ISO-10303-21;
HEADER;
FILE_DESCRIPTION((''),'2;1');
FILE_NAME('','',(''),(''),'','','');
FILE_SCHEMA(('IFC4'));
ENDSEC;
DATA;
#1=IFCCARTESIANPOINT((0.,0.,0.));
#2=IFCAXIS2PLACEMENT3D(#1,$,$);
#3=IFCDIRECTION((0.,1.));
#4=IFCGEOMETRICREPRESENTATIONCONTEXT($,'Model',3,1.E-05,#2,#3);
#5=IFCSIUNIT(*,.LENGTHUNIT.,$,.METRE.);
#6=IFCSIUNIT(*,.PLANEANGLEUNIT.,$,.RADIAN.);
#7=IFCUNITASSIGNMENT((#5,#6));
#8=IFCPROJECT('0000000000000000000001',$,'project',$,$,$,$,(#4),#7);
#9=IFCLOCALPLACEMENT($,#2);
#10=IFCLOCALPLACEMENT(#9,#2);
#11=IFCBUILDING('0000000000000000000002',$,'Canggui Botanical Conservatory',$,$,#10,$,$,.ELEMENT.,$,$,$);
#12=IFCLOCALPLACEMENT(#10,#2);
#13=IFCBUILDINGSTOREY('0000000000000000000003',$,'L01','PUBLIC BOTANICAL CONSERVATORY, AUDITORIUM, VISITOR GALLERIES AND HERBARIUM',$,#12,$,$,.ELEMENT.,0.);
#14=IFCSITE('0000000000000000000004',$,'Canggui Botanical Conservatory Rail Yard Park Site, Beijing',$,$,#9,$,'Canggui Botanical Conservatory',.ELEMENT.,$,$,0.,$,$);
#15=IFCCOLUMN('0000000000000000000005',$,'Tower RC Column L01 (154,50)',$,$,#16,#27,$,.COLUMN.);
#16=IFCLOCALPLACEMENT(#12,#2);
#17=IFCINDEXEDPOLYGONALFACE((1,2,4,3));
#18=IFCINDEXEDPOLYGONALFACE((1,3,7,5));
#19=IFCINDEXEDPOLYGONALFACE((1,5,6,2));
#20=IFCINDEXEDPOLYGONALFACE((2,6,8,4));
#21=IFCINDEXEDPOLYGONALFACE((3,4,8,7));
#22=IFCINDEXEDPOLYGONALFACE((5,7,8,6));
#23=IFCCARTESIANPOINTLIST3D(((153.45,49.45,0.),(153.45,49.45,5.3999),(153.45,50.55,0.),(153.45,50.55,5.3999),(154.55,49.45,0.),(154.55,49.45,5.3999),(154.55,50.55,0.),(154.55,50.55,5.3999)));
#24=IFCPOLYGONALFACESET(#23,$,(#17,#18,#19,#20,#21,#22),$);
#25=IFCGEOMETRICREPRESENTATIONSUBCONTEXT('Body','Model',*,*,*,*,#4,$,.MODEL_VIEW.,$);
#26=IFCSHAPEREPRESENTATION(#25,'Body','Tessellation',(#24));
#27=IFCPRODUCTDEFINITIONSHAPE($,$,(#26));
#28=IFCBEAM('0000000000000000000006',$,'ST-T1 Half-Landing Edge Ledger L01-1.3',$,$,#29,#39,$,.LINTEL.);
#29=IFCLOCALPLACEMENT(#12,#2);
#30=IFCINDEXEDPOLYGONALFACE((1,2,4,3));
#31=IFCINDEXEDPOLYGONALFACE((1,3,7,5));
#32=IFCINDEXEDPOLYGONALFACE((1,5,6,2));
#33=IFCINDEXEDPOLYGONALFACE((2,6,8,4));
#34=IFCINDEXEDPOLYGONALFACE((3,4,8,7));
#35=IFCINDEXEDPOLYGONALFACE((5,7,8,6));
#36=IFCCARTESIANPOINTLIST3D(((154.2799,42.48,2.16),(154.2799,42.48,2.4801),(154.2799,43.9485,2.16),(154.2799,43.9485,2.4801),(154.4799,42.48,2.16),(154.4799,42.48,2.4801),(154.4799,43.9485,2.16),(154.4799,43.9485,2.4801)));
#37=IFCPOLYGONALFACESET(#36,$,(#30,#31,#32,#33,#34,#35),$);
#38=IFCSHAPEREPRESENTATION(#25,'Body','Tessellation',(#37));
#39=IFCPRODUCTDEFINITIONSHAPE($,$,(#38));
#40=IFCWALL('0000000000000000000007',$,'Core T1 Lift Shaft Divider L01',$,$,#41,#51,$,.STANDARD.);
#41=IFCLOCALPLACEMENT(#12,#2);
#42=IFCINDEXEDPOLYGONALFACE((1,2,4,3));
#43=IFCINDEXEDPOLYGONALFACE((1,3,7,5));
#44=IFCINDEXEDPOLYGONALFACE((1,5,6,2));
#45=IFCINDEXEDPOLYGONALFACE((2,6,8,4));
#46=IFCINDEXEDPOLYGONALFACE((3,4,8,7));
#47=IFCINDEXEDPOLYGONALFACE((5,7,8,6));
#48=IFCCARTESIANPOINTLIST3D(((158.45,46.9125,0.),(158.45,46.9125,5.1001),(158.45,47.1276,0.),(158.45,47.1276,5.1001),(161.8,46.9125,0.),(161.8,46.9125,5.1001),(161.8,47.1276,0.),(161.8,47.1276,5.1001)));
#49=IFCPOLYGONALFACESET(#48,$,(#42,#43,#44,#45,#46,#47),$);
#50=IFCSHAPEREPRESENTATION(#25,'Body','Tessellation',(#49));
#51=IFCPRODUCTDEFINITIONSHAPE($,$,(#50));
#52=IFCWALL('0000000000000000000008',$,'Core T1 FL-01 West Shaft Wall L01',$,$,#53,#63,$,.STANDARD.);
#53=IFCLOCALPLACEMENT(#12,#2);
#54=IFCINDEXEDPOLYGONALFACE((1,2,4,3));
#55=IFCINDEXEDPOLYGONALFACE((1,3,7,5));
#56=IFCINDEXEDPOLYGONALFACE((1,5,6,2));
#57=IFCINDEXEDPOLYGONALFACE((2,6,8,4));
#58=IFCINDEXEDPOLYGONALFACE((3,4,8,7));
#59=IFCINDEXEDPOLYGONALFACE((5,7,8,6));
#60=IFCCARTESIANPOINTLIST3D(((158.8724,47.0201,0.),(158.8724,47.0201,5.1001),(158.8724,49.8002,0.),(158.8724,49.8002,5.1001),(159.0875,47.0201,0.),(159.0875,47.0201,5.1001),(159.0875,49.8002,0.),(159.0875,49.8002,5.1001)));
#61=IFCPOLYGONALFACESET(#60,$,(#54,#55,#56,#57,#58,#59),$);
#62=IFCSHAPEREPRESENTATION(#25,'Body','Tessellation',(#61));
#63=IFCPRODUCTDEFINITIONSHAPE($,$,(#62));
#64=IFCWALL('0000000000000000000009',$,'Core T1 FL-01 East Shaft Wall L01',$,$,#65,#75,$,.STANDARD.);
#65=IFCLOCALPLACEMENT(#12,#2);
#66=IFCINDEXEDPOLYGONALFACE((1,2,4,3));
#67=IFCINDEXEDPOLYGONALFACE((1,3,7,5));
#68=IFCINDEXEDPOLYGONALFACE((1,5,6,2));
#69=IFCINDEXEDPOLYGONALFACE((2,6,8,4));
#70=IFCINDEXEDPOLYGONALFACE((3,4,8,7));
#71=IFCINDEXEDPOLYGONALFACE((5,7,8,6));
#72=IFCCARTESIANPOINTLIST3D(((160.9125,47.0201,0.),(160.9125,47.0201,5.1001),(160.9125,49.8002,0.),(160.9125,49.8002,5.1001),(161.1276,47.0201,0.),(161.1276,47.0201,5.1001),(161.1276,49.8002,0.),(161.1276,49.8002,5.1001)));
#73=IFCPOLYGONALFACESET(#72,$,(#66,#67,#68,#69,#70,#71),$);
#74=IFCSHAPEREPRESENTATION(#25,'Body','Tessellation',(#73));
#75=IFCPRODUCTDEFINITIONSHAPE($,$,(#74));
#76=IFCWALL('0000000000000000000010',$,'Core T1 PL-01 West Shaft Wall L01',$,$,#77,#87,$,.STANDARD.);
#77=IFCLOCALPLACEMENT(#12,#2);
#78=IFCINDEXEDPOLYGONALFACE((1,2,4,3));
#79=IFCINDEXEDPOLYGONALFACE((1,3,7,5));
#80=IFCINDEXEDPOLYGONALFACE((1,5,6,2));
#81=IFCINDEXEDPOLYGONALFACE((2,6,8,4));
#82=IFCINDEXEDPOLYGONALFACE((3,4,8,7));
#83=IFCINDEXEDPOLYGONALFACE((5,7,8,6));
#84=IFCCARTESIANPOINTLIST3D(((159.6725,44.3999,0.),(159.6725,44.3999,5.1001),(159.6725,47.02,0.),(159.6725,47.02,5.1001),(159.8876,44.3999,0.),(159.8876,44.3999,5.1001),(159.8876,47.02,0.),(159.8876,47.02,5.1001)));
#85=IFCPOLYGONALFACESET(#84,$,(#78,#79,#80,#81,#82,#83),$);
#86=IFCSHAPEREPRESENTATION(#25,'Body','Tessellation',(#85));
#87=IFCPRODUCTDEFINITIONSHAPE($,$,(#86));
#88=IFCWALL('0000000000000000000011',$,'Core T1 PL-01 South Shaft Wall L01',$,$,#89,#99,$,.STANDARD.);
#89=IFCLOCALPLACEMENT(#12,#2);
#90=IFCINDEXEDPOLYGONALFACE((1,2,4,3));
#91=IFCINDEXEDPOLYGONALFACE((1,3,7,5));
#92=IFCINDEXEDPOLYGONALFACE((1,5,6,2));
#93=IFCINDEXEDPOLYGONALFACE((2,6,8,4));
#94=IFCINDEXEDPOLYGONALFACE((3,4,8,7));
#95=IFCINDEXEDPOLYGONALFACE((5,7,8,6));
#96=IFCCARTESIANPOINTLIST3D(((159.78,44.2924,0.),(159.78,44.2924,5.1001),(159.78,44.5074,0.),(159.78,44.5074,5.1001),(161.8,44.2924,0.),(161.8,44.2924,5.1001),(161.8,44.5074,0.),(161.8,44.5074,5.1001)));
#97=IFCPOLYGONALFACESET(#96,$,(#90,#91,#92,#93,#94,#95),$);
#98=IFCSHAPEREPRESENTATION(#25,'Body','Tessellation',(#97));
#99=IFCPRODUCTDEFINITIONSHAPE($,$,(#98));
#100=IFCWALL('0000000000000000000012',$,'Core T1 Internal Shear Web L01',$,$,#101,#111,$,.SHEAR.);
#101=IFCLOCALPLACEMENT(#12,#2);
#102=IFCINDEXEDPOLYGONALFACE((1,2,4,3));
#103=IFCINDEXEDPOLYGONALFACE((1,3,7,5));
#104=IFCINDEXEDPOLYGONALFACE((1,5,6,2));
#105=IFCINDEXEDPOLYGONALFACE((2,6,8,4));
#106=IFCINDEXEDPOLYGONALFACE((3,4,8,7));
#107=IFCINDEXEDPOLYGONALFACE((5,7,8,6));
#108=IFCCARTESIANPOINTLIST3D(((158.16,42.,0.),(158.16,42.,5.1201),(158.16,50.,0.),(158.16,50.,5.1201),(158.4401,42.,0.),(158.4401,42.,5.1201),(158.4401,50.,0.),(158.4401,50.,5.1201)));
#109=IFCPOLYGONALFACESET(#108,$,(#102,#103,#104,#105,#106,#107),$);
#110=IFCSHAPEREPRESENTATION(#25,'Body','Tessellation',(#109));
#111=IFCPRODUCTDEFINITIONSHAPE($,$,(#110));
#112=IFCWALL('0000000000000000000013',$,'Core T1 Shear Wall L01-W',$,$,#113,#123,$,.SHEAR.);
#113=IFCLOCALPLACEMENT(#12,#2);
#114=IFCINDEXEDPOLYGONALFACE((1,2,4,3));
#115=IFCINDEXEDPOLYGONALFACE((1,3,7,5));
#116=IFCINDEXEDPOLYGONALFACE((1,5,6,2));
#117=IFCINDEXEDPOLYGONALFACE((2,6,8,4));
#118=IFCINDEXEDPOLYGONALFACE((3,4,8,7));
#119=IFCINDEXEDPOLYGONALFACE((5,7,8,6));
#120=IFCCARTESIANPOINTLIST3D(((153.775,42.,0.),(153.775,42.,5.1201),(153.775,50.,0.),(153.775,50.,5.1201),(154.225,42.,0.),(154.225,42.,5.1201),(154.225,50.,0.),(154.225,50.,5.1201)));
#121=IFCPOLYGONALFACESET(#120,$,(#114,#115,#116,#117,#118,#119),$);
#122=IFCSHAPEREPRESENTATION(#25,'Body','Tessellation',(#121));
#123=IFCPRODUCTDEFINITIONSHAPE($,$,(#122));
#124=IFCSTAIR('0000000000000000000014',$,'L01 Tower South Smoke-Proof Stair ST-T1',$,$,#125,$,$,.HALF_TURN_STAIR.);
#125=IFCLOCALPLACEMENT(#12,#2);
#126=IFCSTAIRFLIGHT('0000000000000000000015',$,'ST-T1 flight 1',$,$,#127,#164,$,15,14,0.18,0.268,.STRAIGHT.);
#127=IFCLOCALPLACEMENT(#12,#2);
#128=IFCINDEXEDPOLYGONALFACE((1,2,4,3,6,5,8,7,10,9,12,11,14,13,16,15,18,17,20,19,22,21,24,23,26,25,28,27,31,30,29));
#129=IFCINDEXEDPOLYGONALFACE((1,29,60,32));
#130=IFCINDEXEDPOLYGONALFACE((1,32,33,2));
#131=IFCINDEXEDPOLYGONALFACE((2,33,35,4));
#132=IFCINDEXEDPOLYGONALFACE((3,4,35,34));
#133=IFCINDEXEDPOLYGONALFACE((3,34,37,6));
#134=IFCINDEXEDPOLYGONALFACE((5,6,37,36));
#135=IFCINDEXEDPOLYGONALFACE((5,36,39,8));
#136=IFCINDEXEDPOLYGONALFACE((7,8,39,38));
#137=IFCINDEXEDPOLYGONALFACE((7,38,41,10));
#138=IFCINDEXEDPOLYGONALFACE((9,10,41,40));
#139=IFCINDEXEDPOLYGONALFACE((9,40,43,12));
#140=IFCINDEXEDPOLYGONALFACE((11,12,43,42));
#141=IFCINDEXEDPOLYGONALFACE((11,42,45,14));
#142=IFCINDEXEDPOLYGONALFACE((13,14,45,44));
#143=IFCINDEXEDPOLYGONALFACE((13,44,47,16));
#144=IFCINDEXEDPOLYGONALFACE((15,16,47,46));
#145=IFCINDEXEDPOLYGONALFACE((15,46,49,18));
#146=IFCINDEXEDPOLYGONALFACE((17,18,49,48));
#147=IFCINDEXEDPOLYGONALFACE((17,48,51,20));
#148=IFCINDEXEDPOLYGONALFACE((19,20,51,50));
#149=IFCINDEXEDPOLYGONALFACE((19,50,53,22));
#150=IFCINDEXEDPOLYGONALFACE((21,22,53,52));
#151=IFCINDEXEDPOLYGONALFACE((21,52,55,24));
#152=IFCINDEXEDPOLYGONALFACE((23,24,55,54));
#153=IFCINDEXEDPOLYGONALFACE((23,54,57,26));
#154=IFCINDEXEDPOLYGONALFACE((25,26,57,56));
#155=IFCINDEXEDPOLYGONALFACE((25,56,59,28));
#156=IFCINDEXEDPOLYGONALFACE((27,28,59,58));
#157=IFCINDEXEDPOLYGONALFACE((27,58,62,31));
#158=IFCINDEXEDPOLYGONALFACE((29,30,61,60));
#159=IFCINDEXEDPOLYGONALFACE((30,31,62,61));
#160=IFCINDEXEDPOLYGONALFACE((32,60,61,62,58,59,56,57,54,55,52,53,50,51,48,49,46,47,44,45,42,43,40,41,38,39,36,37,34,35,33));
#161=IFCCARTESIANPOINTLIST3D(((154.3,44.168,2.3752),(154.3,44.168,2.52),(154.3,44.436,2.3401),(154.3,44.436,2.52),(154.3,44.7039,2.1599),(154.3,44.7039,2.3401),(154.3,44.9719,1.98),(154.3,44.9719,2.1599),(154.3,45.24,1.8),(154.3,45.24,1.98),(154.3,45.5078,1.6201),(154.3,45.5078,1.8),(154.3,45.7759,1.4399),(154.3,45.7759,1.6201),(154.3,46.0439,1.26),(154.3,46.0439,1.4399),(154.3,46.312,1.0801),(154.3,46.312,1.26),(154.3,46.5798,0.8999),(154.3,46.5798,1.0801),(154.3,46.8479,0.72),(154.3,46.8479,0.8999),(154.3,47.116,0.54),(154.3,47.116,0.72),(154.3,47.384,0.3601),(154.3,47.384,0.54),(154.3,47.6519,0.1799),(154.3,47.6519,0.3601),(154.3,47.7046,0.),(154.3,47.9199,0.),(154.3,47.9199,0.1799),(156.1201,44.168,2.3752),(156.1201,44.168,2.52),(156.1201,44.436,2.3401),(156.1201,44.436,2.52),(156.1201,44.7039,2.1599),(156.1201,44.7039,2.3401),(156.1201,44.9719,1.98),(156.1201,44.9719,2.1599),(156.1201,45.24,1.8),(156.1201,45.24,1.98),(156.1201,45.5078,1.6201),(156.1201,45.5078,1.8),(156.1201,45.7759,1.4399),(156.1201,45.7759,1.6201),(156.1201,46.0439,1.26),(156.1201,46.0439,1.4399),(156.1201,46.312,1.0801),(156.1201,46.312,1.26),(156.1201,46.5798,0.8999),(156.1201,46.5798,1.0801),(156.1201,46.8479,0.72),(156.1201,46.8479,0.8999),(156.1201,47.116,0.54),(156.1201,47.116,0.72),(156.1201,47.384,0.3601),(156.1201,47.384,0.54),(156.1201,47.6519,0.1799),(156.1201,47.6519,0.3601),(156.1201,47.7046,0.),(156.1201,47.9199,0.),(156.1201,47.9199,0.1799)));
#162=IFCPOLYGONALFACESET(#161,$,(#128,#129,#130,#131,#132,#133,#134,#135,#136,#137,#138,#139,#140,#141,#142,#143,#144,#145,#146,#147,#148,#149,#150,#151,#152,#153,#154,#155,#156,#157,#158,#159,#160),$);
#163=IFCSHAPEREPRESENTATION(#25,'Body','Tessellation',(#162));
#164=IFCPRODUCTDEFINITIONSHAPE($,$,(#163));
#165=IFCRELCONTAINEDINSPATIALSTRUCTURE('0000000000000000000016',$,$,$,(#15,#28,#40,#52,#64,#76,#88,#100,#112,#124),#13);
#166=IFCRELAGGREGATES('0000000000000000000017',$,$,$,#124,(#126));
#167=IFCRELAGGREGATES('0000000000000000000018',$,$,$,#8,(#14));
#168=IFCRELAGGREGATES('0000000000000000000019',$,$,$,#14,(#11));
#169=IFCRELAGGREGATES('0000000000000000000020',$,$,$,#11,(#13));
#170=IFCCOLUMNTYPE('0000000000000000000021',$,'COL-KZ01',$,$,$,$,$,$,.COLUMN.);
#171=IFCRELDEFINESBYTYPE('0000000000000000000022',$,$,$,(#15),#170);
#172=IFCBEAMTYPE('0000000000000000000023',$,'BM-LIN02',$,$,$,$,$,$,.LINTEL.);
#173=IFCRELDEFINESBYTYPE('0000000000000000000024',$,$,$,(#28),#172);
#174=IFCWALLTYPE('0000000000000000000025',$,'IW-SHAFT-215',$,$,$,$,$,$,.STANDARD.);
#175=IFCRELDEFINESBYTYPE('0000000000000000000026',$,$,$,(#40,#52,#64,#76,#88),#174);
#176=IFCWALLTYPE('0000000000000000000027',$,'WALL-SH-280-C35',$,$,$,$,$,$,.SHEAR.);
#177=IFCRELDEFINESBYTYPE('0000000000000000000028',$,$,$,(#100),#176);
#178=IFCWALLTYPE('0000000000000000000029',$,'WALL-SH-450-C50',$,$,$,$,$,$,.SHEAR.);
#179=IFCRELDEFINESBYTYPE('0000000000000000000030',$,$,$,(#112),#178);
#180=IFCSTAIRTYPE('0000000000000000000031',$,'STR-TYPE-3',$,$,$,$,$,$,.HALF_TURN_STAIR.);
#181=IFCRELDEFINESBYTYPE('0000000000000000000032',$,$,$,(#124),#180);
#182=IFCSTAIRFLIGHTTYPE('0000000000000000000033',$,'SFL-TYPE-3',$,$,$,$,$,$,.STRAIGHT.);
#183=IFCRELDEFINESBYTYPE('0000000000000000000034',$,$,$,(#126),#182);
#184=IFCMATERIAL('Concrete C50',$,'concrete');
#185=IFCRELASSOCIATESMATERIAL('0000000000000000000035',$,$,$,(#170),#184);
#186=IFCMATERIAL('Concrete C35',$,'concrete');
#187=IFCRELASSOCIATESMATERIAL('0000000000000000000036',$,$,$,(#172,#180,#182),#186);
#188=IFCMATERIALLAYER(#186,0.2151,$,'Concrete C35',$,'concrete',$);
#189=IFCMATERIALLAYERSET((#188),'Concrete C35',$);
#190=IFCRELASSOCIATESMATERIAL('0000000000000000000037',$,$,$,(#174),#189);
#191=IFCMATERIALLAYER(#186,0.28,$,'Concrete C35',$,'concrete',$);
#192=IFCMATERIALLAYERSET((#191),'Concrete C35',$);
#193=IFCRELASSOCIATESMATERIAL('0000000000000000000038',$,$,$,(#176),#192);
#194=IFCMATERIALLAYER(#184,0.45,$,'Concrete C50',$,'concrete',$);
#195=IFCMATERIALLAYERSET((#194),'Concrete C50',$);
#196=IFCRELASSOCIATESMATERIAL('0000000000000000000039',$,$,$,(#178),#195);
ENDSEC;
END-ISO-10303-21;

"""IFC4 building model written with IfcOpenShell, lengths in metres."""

from ifc_helpers import new_model, si_unit, direction, frame, frame_2d, origin, origin_2d, place, context, subcontext, project, spatial, polyline, rectangle, outline, extrude, material, layer, layer_set, material_profile, profile_set, type_object, element, aggregate, save


model = new_model("IFC4")

# Units and contexts
model_context = context("Model", 3, precision=1e-05, world=origin(), true_north=direction((0.0, 1.0)))
body_context = subcontext(model_context, "Body", "Model", "MODEL_VIEW")
ifc_project = project(units=[si_unit("LENGTHUNIT", "METRE"), si_unit("PLANEANGLEUNIT", "RADIAN")], contexts=[model_context])

# Site, building, storey
site_placement = place(None, origin())
site = spatial("IfcSite", under=ifc_project, at=site_placement, Name="Canggui Botanical Conservatory Rail Yard Park Site, Beijing", LongName="Canggui Botanical Conservatory", CompositionType="ELEMENT", RefElevation=0.0)
building_placement = place(site_placement, origin())
building = spatial("IfcBuilding", under=site, at=building_placement, Name="Canggui Botanical Conservatory", CompositionType="ELEMENT")
storey_placement = place(building_placement, origin())
storey = spatial("IfcBuildingStorey", under=building, at=storey_placement, Name="L01", Description="PUBLIC BOTANICAL CONSERVATORY, AUDITORIUM, VISITOR GALLERIES AND HERBARIUM", CompositionType="ELEMENT", Elevation=0.0)

# Column
ifc_material_1 = material(Name="Concrete C50", Category="concrete")
ifc_material_profile_1 = material_profile(ifc_material_1, rectangle(XDim=1.1001, YDim=1.1001, at=origin_2d()), Name="RC 1100x1100")
ifc_profile_set_1 = profile_set([ifc_material_profile_1], Name="Concrete C50")
column_type = type_object("IfcColumnType", Name="COL-KZ01", PredefinedType="COLUMN", material=ifc_profile_set_1)
column_placement = place(storey_placement, frame((154.0, 50.0, 0.0), z_axis=(0.0, 0.0, 1.0), x_axis=(1.0, 0.0, 0.0)))
element("IfcColumn", 1, at=column_placement, inside=storey, type_object=column_type, Name="Tower RC Column L01 (154,50)", PredefinedType="COLUMN", context=body_context, shape_type="SweptSolid", body=[
    extrude(rectangle(XDim=1.1001, YDim=1.1001, at=origin_2d()), origin(), (0.0, 0.0, 1.0), 5.3999),
])

# Beam
ifc_material_2 = material(Name="Concrete C35", Category="concrete")
ifc_material_profile_2 = material_profile(ifc_material_2, rectangle(XDim=0.2, YDim=0.3201, at=origin_2d()), Name="RB 200x320")
ifc_profile_set_2 = profile_set([ifc_material_profile_2], Name="Concrete C35")
beam_type = type_object("IfcBeamType", Name="BM-LIN02", PredefinedType="LINTEL", material=ifc_profile_set_2)
beam_placement = place(storey_placement, frame((154.3799, 42.48, 2.3201), z_axis=(0.0, 1.0, 0.0), x_axis=(-1.0, 0.0, 0.0)))
element("IfcBeam", 2, at=beam_placement, inside=storey, type_object=beam_type, Name="ST-T1 Half-Landing Edge Ledger L01-1.3", PredefinedType="LINTEL", context=body_context, shape_type="SweptSolid", body=[
    extrude(rectangle(XDim=0.2, YDim=0.3201, at=origin_2d()), origin(), (0.0, 0.0, 1.0), 1.4685),
])

# Walls
ifc_layer_1 = layer(ifc_material_2, 0.2151, Name="Concrete C35", Category="concrete")
ifc_layer_set_1 = layer_set([ifc_layer_1], Name="Concrete C35")
wall_type_1 = type_object("IfcWallType", Name="IW-SHAFT-215", PredefinedType="STANDARD", material=ifc_layer_set_1)
wall_1_placement = place(storey_placement, frame((158.45, 47.02, 0.0), z_axis=(0.0, 0.0, 1.0), x_axis=(1.0, 0.0, 0.0)))
element("IfcWall", 3, at=wall_1_placement, inside=storey, type_object=wall_type_1, Name="Core T1 Lift Shaft Divider L01", PredefinedType="STANDARD", context=body_context, shape_type="SweptSolid", body=[
    extrude(rectangle(XDim=3.3501, YDim=0.2151, at=frame_2d((1.675, 0.0))), origin(), (0.0, 0.0, 1.0), 5.1001),
])
for number, where, z_axis, x_axis, name in (
    (4, (158.98, 47.02, 0.0), (0.0, 0.0, 1.0), (0.0, 1.0, 0.0), "Core T1 FL-01 West Shaft Wall L01"),
    (5, (161.02, 47.02, 0.0), (0.0, 0.0, 1.0), (0.0, 1.0, 0.0), "Core T1 FL-01 East Shaft Wall L01"),
):
    element("IfcWall", number, at=place(storey_placement, frame(where, z_axis=z_axis, x_axis=x_axis)), inside=storey, type_object=wall_type_1, Name=name, PredefinedType="STANDARD", context=body_context, shape_type="SweptSolid", body=[
        extrude(rectangle(XDim=2.78, YDim=0.2151, at=frame_2d((1.3901, 0.0))), origin(), (0.0, 0.0, 1.0), 5.1001),
    ])
wall_2_placement = place(storey_placement, frame((159.78, 44.3999, 0.0), z_axis=(0.0, 0.0, 1.0), x_axis=(0.0, 1.0, 0.0)))
element("IfcWall", 6, at=wall_2_placement, inside=storey, type_object=wall_type_1, Name="Core T1 PL-01 West Shaft Wall L01", PredefinedType="STANDARD", context=body_context, shape_type="SweptSolid", body=[
    extrude(rectangle(XDim=2.6201, YDim=0.2151, at=frame_2d((1.3101, 0.0))), origin(), (0.0, 0.0, 1.0), 5.1001),
])
wall_3_placement = place(storey_placement, frame((159.78, 44.3999, 0.0), z_axis=(0.0, 0.0, 1.0), x_axis=(1.0, 0.0, 0.0)))
element("IfcWall", 7, at=wall_3_placement, inside=storey, type_object=wall_type_1, Name="Core T1 PL-01 South Shaft Wall L01", PredefinedType="STANDARD", context=body_context, shape_type="SweptSolid", body=[
    extrude(rectangle(XDim=2.02, YDim=0.2151, at=frame_2d((1.01, 0.0))), origin(), (0.0, 0.0, 1.0), 5.1001),
])
ifc_layer_2 = layer(ifc_material_2, 0.28, Name="Concrete C35", Category="concrete")
ifc_layer_set_2 = layer_set([ifc_layer_2], Name="Concrete C35")
wall_type_2 = type_object("IfcWallType", Name="WALL-SH-280-C35", PredefinedType="SHEAR", material=ifc_layer_set_2)
wall_4_placement = place(storey_placement, frame((158.3, 42.0, 0.0), z_axis=(0.0, 0.0, 1.0), x_axis=(0.0, 1.0, 0.0)))
element("IfcWall", 8, at=wall_4_placement, inside=storey, type_object=wall_type_2, Name="Core T1 Internal Shear Web L01", PredefinedType="SHEAR", context=body_context, shape_type="SweptSolid", body=[
    extrude(rectangle(XDim=8.0, YDim=0.28, at=frame_2d((4.0, 0.0))), origin(), (0.0, 0.0, 1.0), 5.1201),
])
ifc_layer_3 = layer(ifc_material_1, 0.45, Name="Concrete C50", Category="concrete")
ifc_layer_set_3 = layer_set([ifc_layer_3], Name="Concrete C50")
wall_type_3 = type_object("IfcWallType", Name="WALL-SH-450-C50", PredefinedType="SHEAR", material=ifc_layer_set_3)
wall_5_placement = place(storey_placement, frame((154.0, 50.0, 0.0), z_axis=(0.0, 0.0, 1.0), x_axis=(0.0, -1.0, 0.0)))
element("IfcWall", 9, at=wall_5_placement, inside=storey, type_object=wall_type_3, Name="Core T1 Shear Wall L01-W", PredefinedType="SHEAR", context=body_context, shape_type="SweptSolid", body=[
    extrude(rectangle(XDim=8.0, YDim=0.45, at=frame_2d((4.0, 0.0))), origin(), (0.0, 0.0, 1.0), 5.1201),
])

# Stair, stair flight
stair_type = type_object("IfcStairType", Name="STR-TYPE-3", PredefinedType="HALF_TURN_STAIR", material=ifc_material_2)
stair_placement = place(storey_placement, origin())
stair = element("IfcStair", 10, at=stair_placement, inside=storey, type_object=stair_type, Name="L01 Tower South Smoke-Proof Stair ST-T1", PredefinedType="HALF_TURN_STAIR")
stair_flight_type = type_object("IfcStairFlightType", Name="SFL-TYPE-3", PredefinedType="STRAIGHT", material=ifc_material_2)
stair_flight_1_placement = place(storey_placement, frame((155.21, 47.9199, 0.0), z_axis=(0.0, 0.0, 1.0), x_axis=(0.0, -1.0, 0.0)))
stair_flight_1 = element("IfcStairFlight", 11, at=stair_flight_1_placement, type_object=stair_flight_type, Name="ST-T1 flight 1", NumberOfRisers=15, NumberOfTreads=14, PredefinedType="STRAIGHT", RiserHeight=0.18, TreadLength=0.268, context=body_context, shape_type="SweptSolid", body=[
    extrude(outline(polyline([(0.0, 0.0), (0.0, 0.1799), (0.2681, 0.1799), (0.2681, 0.3601), (0.5359, 0.3601), (0.5359, 0.54), (0.804, 0.54), (0.804, 0.72), (1.072, 0.72), (1.072, 0.8999), (1.3401, 0.8999), (1.3401, 1.0801), (1.6079, 1.0801), (1.6079, 1.26), (1.876, 1.26), (1.876, 1.4399), (2.144, 1.4399), (2.144, 1.6201), (2.4121, 1.6201), (2.4121, 1.8), (2.6799, 1.8), (2.6799, 1.98), (2.948, 1.98), (2.948, 2.1599), (3.2161, 2.1599), (3.2161, 2.3401), (3.4839, 2.3401), (3.4839, 2.52), (3.752, 2.52), (3.752, 2.7), (3.752, 2.3752), (0.2153, 0.0), (0.0, 0.0)])), frame((0.0, 0.9102, 0.0), z_axis=(0.0, -1.0, 0.0), x_axis=(1.0, 0.0, 0.0)), (0.0, 0.0, 1.0), 1.8201),
])
aggregate(stair, [stair_flight_1])

save(model, "model.ifc")
